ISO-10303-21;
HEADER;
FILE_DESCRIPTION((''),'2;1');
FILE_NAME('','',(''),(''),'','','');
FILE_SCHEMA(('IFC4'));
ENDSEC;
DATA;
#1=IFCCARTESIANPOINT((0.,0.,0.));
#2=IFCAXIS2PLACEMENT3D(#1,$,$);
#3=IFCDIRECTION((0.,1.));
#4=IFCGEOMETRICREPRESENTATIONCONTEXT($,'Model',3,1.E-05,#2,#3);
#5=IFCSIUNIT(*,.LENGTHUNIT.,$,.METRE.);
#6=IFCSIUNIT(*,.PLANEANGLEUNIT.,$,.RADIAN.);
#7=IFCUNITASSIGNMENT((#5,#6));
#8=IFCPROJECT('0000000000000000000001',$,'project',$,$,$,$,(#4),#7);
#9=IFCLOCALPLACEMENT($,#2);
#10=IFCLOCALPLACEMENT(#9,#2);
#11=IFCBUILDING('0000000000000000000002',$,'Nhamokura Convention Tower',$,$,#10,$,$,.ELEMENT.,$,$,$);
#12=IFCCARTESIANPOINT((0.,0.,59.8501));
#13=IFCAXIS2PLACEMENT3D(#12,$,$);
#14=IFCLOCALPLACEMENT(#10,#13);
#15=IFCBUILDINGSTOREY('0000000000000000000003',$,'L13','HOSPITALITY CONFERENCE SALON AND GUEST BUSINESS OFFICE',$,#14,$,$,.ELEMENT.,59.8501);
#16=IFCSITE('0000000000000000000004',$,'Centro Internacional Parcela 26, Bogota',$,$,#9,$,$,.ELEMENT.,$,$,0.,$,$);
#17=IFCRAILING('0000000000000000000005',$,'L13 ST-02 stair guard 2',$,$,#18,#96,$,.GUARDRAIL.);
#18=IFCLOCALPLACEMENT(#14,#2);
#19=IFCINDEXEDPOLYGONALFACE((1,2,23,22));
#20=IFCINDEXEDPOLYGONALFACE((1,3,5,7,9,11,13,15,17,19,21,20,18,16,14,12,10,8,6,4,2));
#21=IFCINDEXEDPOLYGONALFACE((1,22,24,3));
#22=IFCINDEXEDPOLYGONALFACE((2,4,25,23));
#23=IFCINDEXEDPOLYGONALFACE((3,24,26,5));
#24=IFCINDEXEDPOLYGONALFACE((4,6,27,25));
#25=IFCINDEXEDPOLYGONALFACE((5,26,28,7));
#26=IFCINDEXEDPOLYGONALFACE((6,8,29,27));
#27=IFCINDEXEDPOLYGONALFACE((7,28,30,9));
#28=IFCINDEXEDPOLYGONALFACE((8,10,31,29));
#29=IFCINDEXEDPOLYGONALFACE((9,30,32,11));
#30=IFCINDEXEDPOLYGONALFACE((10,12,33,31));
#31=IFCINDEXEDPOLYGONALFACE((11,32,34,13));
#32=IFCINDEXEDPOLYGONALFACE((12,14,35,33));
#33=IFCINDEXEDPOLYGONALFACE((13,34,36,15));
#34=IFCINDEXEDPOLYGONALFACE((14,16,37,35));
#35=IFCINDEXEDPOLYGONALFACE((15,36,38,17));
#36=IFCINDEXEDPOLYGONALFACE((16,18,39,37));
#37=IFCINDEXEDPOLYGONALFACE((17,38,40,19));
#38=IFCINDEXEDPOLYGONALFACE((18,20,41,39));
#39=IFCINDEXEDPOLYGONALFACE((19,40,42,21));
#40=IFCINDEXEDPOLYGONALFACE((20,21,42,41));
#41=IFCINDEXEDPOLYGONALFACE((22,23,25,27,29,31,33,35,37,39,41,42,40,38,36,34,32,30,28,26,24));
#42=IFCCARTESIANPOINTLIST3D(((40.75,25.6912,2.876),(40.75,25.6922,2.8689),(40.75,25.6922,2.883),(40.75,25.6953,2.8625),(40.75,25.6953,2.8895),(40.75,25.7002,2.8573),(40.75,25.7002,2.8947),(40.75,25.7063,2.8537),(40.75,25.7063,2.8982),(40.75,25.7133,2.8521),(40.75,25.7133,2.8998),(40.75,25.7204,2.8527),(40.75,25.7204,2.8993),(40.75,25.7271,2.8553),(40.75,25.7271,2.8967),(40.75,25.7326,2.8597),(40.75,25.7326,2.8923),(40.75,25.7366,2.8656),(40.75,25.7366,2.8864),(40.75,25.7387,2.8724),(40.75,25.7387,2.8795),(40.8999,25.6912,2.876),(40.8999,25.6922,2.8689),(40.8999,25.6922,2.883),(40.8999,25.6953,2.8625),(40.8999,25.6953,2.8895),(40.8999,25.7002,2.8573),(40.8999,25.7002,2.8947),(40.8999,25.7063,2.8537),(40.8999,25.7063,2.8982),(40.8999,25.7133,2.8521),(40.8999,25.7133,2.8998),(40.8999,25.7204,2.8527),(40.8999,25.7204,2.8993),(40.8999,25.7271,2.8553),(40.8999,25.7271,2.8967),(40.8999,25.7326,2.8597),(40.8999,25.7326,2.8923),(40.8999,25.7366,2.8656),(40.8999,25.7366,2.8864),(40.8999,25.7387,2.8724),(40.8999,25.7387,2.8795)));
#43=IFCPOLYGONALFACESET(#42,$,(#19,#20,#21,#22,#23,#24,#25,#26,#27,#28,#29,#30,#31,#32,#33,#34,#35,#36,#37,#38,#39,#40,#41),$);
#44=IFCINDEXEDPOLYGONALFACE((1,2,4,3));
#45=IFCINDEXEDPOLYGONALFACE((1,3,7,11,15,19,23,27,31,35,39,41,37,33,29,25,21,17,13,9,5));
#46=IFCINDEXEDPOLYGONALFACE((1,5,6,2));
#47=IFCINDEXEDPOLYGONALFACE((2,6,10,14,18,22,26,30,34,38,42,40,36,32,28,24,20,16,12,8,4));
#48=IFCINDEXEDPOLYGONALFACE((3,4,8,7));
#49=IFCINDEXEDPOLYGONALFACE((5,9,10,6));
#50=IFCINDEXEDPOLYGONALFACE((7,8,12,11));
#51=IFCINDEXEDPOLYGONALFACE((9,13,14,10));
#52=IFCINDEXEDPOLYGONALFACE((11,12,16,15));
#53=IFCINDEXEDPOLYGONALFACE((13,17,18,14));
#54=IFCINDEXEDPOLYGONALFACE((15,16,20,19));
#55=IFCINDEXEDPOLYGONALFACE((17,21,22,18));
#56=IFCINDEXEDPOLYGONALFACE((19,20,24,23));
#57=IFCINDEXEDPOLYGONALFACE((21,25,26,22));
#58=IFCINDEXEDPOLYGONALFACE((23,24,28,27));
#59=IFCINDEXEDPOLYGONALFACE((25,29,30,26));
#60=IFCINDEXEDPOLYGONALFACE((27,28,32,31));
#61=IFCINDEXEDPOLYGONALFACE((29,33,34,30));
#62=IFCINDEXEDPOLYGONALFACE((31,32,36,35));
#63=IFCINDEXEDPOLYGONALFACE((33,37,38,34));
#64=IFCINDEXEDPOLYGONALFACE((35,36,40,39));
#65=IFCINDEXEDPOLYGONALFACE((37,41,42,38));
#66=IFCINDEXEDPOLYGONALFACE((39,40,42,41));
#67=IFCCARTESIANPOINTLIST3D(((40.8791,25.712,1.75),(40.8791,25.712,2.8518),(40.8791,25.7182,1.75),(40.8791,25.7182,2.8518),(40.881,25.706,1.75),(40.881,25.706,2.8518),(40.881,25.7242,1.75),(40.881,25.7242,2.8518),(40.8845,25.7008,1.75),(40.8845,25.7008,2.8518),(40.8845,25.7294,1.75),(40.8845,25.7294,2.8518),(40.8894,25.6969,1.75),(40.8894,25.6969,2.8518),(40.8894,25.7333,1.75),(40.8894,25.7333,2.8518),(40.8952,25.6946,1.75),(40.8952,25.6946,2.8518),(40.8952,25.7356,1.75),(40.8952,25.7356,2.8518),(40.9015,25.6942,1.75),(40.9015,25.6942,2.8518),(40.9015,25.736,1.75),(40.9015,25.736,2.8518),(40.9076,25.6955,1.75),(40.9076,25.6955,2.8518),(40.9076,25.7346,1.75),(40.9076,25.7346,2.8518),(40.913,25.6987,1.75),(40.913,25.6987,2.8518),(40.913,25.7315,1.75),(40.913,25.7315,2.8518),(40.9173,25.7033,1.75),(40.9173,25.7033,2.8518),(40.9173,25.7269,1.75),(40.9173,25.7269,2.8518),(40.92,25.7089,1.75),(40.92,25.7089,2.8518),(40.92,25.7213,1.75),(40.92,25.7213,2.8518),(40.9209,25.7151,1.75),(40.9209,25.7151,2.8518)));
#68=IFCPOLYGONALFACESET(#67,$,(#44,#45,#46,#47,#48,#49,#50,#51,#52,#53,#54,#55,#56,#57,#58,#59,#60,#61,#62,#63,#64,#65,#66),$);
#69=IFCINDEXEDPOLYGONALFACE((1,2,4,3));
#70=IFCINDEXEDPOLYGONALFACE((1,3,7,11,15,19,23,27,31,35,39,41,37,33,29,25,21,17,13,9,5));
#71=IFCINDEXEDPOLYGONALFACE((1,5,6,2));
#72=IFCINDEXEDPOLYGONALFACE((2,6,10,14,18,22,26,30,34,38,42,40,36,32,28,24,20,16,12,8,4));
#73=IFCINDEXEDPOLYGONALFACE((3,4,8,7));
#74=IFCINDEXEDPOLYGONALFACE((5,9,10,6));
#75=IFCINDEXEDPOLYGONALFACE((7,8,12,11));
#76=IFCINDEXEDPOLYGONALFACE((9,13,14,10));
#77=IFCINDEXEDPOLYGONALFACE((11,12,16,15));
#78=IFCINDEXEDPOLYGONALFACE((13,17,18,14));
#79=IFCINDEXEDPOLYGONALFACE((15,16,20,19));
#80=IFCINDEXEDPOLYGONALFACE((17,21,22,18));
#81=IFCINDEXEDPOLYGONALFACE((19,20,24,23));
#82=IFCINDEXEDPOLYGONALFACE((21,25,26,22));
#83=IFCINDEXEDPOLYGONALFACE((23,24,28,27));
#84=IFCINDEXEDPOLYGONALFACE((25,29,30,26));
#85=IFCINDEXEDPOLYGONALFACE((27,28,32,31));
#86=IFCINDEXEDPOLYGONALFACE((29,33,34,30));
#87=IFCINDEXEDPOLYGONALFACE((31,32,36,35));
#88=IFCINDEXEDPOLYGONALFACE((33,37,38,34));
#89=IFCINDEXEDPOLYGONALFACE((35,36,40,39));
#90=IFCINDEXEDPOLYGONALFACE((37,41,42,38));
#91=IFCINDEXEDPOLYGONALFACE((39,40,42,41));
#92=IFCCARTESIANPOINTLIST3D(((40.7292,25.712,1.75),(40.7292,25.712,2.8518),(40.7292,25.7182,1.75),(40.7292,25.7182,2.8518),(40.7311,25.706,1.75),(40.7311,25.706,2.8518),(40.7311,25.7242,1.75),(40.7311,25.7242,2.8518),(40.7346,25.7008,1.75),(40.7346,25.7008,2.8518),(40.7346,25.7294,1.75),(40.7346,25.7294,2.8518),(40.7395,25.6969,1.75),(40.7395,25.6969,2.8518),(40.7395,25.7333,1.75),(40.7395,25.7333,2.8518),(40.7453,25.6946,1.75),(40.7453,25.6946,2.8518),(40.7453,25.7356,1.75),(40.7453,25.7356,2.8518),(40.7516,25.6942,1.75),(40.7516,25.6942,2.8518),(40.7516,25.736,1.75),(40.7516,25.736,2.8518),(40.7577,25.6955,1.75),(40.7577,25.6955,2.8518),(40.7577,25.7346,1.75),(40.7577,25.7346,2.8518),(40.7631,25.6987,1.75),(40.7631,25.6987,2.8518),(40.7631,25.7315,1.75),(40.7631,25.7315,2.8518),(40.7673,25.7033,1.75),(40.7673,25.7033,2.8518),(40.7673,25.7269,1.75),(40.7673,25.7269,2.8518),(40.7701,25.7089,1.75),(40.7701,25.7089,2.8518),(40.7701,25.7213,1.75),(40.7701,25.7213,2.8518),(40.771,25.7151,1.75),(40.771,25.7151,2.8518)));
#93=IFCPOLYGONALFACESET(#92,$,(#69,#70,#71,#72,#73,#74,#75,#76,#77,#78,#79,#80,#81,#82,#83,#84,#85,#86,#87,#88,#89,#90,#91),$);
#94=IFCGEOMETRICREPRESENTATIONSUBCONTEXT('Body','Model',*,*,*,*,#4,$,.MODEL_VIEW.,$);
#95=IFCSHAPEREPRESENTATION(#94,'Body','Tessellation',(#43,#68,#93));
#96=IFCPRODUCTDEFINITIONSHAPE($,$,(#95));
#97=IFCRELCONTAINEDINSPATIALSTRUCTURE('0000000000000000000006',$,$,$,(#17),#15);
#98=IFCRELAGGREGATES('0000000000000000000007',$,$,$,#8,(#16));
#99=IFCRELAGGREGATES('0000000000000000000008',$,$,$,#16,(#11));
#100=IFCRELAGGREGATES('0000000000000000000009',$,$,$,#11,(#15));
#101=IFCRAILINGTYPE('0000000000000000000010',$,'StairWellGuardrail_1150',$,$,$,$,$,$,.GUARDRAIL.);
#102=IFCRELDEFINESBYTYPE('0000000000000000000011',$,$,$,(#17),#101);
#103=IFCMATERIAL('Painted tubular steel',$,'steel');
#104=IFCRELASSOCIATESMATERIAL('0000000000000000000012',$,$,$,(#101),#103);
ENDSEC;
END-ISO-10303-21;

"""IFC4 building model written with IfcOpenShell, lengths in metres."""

from ifc_helpers import new_model, si_unit, direction, frame, origin, origin_2d, place, context, subcontext, project, spatial, circle, extrude, material, type_object, element, save


model = new_model("IFC4")

# Units and contexts
model_context = context("Model", 3, precision=1e-05, world=origin(), true_north=direction((0.0, 1.0)))
body_context = subcontext(model_context, "Body", "Model", "MODEL_VIEW")
ifc_project = project(units=[si_unit("LENGTHUNIT", "METRE"), si_unit("PLANEANGLEUNIT", "RADIAN")], contexts=[model_context])

# Site, building, storey
site_placement = place(None, origin())
site = spatial("IfcSite", under=ifc_project, at=site_placement, Name="Centro Internacional Parcela 26, Bogota", CompositionType="ELEMENT", RefElevation=0.0)
building_placement = place(site_placement, origin())
building = spatial("IfcBuilding", under=site, at=building_placement, Name="Nhamokura Convention Tower", CompositionType="ELEMENT")
storey_placement = place(building_placement, frame((0.0, 0.0, 59.8501)))
storey = spatial("IfcBuildingStorey", under=building, at=storey_placement, Name="L13", Description="HOSPITALITY CONFERENCE SALON AND GUEST BUSINESS OFFICE", CompositionType="ELEMENT", Elevation=59.8501)

# Railing
ifc_material_1 = material(Name="Painted tubular steel", Category="steel")
railing_type_1 = type_object("IfcRailingType", Name="StairWellGuardrail_1150", PredefinedType="GUARDRAIL", material=ifc_material_1)
railing_1_placement = place(storey_placement, frame((40.8999, 25.7151, 1.75)))
element("IfcRailing", 1, at=railing_1_placement, inside=storey, type_object=railing_type_1, Name="L13 ST-02 stair guard 2", PredefinedType="GUARDRAIL", context=body_context, shape_type="SweptSolid", body=[
    extrude(circle(Radius=0.0239, at=origin_2d()), frame((0.0, 0.0, 1.126), z_axis=(-1.0, 0.0, 0.0), x_axis=(0.0, -1.0, 0.0)), (0.0, 0.0, 1.0), 0.1499),
    extrude(circle(Radius=0.021, at=origin_2d()), origin(), (0.0, 0.0, 1.0), 1.1018),
    extrude(circle(Radius=0.021, at=origin_2d()), frame((-0.1499, 0.0, 0.0)), (0.0, 0.0, 1.0), 1.1018),
])

save(model, "model.ifc")
